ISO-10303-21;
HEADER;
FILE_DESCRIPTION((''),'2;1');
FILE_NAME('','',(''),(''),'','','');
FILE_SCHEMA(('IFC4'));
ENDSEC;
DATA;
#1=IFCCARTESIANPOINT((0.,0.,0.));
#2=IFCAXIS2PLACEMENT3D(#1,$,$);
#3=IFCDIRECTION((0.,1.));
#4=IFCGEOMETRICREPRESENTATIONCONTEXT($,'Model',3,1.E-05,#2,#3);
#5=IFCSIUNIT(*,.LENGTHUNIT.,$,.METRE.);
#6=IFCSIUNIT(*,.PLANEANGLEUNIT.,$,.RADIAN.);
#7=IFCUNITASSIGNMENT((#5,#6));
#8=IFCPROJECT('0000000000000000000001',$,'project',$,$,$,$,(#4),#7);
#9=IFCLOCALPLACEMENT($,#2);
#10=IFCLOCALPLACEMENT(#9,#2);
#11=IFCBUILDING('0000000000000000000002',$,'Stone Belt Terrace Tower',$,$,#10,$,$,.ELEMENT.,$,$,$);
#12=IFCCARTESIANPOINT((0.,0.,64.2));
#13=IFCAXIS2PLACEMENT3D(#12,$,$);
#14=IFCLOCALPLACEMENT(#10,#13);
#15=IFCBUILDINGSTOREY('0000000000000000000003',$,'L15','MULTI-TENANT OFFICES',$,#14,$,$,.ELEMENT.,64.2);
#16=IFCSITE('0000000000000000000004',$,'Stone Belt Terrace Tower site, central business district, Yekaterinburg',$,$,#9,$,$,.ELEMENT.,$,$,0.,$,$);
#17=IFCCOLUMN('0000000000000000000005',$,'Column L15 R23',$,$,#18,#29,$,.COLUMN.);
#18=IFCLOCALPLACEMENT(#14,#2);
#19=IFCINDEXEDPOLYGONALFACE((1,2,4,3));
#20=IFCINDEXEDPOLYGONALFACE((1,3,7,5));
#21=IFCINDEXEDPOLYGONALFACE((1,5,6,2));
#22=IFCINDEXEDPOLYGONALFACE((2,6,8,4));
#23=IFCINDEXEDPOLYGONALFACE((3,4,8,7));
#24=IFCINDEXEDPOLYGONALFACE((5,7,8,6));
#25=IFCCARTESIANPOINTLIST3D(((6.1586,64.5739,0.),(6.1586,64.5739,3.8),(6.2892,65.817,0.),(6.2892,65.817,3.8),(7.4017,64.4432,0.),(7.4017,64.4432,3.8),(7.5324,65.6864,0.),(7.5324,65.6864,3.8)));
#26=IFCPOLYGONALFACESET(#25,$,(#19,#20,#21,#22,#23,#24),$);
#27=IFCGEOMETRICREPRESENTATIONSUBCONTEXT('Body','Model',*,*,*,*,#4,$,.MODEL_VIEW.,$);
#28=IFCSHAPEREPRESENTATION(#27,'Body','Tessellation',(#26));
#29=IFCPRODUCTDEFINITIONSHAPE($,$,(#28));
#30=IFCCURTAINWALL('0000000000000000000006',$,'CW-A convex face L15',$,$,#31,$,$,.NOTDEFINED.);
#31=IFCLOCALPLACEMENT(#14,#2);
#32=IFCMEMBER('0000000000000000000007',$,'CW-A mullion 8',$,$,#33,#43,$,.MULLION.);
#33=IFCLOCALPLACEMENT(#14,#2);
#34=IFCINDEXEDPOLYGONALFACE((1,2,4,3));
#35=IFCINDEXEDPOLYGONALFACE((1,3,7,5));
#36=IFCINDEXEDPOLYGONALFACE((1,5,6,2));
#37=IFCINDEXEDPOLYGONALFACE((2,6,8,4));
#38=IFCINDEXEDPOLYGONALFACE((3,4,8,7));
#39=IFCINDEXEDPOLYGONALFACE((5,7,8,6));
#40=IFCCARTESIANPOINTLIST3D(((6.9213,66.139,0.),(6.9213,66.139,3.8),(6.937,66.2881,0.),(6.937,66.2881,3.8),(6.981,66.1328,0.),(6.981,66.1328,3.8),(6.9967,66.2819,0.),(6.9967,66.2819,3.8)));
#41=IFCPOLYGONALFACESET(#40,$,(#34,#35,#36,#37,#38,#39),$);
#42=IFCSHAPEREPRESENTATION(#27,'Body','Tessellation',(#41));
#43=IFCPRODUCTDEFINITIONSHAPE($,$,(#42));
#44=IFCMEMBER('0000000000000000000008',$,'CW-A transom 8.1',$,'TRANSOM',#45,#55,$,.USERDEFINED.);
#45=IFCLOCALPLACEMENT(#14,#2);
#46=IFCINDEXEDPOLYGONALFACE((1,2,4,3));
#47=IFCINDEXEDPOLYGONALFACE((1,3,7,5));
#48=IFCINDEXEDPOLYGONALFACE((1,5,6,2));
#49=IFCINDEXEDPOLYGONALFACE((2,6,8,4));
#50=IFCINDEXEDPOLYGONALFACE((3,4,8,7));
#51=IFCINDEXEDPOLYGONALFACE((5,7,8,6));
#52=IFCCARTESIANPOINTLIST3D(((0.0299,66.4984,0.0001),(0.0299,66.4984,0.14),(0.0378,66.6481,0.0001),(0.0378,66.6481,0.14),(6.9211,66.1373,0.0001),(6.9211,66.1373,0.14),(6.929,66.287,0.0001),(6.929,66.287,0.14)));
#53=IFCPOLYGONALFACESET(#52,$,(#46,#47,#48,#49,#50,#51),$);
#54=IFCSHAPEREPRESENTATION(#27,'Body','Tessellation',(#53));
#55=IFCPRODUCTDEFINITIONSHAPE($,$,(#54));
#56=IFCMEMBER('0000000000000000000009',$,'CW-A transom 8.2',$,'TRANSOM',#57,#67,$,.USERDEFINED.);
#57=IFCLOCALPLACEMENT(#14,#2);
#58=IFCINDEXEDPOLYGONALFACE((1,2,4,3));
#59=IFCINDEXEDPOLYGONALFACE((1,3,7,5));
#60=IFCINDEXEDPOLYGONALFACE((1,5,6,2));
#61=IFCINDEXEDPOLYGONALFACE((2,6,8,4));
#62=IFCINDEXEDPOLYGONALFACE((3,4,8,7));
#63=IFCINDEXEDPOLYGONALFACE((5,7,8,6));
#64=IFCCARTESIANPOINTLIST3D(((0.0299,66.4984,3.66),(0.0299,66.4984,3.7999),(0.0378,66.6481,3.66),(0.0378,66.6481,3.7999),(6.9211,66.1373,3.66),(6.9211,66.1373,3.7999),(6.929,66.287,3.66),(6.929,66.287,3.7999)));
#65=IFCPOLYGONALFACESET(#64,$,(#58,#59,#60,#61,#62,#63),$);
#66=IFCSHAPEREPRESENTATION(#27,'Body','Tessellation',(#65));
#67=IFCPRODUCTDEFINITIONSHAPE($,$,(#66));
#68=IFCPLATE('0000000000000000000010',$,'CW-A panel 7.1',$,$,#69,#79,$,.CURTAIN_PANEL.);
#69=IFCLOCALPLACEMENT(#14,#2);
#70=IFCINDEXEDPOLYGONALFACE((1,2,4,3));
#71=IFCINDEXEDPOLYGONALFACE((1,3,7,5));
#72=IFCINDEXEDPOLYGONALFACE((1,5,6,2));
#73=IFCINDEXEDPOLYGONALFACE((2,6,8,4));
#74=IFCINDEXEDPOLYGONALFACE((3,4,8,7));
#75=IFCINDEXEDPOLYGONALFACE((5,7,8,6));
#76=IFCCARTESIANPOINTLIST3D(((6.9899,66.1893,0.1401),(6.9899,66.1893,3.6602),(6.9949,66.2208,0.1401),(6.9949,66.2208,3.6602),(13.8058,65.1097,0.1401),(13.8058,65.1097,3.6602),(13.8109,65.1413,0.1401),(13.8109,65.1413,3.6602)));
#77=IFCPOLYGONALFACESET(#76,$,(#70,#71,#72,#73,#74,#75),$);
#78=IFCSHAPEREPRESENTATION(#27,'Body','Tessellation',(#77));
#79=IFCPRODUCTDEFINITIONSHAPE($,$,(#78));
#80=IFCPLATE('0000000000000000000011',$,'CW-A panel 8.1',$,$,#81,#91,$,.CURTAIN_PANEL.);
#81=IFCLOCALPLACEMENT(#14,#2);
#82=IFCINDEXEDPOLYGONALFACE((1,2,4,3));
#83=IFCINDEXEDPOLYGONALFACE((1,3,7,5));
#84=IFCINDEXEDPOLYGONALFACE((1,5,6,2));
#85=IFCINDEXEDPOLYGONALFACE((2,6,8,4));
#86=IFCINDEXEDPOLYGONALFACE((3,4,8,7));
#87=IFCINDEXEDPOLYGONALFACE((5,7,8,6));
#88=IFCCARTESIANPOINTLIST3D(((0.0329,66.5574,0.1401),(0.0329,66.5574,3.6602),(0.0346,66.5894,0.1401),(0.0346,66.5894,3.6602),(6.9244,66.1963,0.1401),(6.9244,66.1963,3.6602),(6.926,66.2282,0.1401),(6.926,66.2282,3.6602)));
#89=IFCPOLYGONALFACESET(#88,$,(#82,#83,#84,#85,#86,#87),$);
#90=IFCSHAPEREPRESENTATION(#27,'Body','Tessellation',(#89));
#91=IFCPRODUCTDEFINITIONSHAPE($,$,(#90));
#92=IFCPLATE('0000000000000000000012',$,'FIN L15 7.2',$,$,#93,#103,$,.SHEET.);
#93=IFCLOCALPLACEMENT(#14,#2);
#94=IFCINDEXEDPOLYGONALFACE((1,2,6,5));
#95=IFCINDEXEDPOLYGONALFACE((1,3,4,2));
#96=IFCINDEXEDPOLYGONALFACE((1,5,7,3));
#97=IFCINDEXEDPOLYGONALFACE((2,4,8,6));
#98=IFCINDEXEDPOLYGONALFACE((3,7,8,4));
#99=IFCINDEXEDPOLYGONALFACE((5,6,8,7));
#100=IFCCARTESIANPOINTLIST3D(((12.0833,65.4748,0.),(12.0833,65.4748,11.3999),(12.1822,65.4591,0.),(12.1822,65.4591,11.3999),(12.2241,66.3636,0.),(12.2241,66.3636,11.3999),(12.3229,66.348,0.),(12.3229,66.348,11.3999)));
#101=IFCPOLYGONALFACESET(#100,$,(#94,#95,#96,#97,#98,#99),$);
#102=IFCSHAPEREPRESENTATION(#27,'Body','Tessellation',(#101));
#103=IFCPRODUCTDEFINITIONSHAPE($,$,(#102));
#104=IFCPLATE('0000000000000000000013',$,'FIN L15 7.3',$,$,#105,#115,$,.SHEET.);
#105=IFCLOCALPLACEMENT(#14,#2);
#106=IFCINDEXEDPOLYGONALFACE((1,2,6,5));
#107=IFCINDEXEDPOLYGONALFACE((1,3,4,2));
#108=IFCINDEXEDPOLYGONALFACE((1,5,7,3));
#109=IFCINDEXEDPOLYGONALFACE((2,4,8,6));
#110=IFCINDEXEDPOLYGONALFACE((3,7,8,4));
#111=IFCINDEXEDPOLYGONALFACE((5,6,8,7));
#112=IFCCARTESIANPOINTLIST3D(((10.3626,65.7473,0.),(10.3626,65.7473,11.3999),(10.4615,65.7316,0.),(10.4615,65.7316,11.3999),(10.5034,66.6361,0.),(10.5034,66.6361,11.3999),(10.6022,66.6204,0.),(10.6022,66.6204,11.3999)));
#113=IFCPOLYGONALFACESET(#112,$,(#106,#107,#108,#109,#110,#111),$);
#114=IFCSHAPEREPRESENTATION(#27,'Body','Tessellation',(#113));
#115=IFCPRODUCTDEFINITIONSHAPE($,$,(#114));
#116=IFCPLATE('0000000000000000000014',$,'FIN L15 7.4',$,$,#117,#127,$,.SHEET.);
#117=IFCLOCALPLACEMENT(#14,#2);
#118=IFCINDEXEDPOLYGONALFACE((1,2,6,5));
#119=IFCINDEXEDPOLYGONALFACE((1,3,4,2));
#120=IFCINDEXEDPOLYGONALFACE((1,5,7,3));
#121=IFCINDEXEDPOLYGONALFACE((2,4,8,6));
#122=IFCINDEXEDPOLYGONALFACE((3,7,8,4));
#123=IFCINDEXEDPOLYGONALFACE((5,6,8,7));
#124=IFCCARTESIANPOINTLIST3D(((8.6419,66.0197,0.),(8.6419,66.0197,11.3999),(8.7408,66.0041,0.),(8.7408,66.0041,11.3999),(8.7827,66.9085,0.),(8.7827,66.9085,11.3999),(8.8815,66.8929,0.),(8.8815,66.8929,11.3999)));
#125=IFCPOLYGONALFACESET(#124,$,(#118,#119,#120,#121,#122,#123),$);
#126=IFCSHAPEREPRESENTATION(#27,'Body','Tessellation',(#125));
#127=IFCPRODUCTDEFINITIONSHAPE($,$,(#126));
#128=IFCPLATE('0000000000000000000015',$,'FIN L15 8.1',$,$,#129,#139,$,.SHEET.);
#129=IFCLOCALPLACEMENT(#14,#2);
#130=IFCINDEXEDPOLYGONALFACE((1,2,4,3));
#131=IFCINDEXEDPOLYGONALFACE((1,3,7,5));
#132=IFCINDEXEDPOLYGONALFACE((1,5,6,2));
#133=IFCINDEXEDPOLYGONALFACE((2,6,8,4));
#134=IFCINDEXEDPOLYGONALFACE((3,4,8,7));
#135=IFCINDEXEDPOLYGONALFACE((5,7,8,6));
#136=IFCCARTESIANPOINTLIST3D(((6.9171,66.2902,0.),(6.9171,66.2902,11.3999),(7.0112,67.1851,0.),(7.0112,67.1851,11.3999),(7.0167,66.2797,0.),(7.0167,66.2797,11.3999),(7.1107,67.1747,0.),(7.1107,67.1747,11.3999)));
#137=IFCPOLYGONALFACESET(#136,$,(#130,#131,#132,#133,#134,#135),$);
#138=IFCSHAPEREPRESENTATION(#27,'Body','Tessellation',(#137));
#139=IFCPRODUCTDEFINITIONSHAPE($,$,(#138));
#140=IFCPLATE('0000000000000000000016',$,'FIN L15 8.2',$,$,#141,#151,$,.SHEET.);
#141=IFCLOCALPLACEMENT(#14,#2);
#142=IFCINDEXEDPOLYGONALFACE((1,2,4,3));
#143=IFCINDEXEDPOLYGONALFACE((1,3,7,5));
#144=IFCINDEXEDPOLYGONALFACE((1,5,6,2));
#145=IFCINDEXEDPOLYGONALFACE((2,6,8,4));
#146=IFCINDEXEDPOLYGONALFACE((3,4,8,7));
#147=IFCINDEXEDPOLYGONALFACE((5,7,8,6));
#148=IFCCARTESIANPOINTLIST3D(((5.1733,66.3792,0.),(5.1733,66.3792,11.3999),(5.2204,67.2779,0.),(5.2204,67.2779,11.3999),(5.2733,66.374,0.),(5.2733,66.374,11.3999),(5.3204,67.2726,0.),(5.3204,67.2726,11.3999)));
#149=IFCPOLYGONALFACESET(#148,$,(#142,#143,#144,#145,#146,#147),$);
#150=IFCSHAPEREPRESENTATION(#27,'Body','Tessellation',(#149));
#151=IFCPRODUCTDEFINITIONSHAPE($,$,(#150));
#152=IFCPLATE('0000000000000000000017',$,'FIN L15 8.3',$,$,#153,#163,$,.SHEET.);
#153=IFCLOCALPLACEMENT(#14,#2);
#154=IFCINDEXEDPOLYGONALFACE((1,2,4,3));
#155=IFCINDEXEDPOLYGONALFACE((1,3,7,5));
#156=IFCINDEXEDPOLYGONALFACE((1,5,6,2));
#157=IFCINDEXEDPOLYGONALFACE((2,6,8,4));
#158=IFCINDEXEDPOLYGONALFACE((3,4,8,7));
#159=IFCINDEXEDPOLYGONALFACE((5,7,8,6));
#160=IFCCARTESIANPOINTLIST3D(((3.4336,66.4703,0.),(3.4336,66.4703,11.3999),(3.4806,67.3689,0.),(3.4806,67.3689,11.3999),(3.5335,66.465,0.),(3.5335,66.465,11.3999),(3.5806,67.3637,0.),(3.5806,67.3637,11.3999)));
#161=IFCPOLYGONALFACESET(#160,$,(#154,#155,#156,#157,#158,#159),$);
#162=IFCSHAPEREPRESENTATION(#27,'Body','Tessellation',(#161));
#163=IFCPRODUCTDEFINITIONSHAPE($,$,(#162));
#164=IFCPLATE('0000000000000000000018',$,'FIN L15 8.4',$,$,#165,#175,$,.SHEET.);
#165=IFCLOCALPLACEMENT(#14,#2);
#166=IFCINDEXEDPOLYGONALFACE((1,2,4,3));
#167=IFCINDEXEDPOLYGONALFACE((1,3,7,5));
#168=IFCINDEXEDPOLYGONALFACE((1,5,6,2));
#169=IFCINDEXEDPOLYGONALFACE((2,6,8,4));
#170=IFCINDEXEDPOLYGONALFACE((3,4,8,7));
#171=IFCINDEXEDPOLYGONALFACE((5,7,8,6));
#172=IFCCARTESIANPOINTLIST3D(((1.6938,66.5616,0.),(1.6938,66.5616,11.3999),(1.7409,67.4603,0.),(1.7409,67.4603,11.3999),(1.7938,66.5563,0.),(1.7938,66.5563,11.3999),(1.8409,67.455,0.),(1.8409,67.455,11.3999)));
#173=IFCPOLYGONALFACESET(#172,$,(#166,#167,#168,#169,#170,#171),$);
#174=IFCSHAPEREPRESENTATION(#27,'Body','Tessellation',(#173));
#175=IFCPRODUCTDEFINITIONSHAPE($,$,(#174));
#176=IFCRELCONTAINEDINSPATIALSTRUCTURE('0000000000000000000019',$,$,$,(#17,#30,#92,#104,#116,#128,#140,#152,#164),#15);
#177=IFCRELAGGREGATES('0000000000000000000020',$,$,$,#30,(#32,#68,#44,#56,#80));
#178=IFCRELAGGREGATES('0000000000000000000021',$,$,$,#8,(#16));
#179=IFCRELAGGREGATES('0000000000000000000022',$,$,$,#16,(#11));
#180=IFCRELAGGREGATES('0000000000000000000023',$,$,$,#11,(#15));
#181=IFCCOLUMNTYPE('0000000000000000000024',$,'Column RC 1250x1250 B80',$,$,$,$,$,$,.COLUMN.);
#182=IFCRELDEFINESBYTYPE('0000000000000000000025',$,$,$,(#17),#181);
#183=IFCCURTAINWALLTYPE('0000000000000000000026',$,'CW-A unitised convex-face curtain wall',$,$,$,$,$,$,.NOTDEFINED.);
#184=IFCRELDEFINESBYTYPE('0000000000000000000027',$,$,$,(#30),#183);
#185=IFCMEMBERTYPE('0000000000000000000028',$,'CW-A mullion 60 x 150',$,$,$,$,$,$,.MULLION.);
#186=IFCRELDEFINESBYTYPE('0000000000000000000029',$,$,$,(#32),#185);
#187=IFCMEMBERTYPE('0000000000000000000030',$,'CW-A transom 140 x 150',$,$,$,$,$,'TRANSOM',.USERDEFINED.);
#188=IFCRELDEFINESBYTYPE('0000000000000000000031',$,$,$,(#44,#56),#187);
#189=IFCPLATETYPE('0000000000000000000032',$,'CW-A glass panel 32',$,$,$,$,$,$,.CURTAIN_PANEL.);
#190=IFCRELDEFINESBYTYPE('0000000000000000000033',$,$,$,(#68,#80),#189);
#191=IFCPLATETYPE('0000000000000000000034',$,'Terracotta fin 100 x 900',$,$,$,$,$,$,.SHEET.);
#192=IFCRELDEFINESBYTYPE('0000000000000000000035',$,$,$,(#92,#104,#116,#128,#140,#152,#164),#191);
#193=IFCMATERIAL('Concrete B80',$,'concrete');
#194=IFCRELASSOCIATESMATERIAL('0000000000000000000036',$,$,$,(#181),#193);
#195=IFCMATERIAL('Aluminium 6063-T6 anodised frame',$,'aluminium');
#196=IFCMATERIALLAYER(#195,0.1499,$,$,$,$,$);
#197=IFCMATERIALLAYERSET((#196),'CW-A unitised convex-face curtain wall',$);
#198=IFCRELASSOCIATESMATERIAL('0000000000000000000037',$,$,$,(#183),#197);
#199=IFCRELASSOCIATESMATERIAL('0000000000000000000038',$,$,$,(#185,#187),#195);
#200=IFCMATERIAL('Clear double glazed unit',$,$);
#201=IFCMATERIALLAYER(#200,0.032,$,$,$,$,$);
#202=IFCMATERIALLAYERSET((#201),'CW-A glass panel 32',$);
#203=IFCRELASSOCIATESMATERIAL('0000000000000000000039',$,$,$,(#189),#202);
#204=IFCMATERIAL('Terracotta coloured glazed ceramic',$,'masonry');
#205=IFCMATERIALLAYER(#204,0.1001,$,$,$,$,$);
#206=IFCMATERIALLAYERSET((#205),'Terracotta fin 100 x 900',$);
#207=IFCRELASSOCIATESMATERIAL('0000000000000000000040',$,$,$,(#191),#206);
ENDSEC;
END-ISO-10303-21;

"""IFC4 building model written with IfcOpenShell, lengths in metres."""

from ifc_helpers import new_model, si_unit, direction, frame, origin, origin_2d, place, context, subcontext, project, spatial, rectangle, extrude, material, layer, layer_set, material_profile, profile_set, type_object, element, aggregate, save


model = new_model("IFC4")

# Units and contexts
model_context = context("Model", 3, precision=1e-05, world=origin(), true_north=direction((0.0, 1.0)))
body_context = subcontext(model_context, "Body", "Model", "MODEL_VIEW")
ifc_project = project(units=[si_unit("LENGTHUNIT", "METRE"), si_unit("PLANEANGLEUNIT", "RADIAN")], contexts=[model_context])

# Site, building, storey
site_placement = place(None, origin())
site = spatial("IfcSite", under=ifc_project, at=site_placement, Name="Stone Belt Terrace Tower site, central business district, Yekaterinburg", CompositionType="ELEMENT", RefElevation=0.0)
building_placement = place(site_placement, origin())
building = spatial("IfcBuilding", under=site, at=building_placement, Name="Stone Belt Terrace Tower", CompositionType="ELEMENT")
storey_placement = place(building_placement, frame((0.0, 0.0, 64.2)))
storey = spatial("IfcBuildingStorey", under=building, at=storey_placement, Name="L15", Description="MULTI-TENANT OFFICES", CompositionType="ELEMENT", Elevation=64.2)

# Column
ifc_material_1 = material(Name="Concrete B80", Category="concrete")
ifc_material_profile_1 = material_profile(ifc_material_1, rectangle(XDim=1.25, YDim=1.25, at=origin_2d()), Name="RC 1250x1250")
ifc_profile_set_1 = profile_set([ifc_material_profile_1], Name="Concrete B80")
column_type = type_object("IfcColumnType", Name="Column RC 1250x1250 B80", PredefinedType="COLUMN", material=ifc_profile_set_1)
column_placement = place(storey_placement, frame((6.8455, 65.1301, 0.0), z_axis=(0.0, 0.0, 1.0), x_axis=(0.994522, -0.104528, 0.0)))
element("IfcColumn", 1, at=column_placement, inside=storey, type_object=column_type, Name="Column L15 R23", PredefinedType="COLUMN", context=body_context, shape_type="SweptSolid", body=[
    extrude(rectangle(XDim=1.25, YDim=1.25, at=origin_2d()), origin(), (0.0, 0.0, 1.0), 3.8),
])

# Curtain wall, members, plates
ifc_material_2 = material(Name="Aluminium 6063-T6 anodised frame", Category="aluminium")
ifc_layer_1 = layer(ifc_material_2, 0.1499)
ifc_layer_set_1 = layer_set([ifc_layer_1], Name="CW-A unitised convex-face curtain wall")
curtain_wall_type = type_object("IfcCurtainWallType", Name="CW-A unitised convex-face curtain wall", PredefinedType="NOTDEFINED", material=ifc_layer_set_1)
curtain_wall_placement = place(storey_placement, origin())
curtain_wall = element("IfcCurtainWall", 2, at=curtain_wall_placement, inside=storey, type_object=curtain_wall_type, Name="CW-A convex face L15", PredefinedType="NOTDEFINED")
ifc_material_profile_2 = material_profile(ifc_material_2, rectangle(XDim=0.1499, YDim=0.0601, at=origin_2d()), Name="Aluminium 6063-T6 60x150")
ifc_profile_set_2 = profile_set([ifc_material_profile_2], Name="Aluminium 6063-T6 anodised frame")
member_type_1 = type_object("IfcMemberType", Name="CW-A mullion 60 x 150", PredefinedType="MULLION", material=ifc_profile_set_2)
member_1_placement = place(storey_placement, frame((6.959, 66.2104, 0.0), z_axis=(0.0, 0.0, 1.0), x_axis=(-0.104528, -0.994522, 0.0)))
member_1 = element("IfcMember", 3, at=member_1_placement, type_object=member_type_1, Name="CW-A mullion 8", PredefinedType="MULLION", context=body_context, shape_type="SweptSolid", body=[
    extrude(rectangle(XDim=0.1499, YDim=0.0601, at=origin_2d()), origin(), (0.0, 0.0, 1.0), 3.8),
])
ifc_material_profile_3 = material_profile(ifc_material_2, rectangle(XDim=0.1499, YDim=0.1399, at=origin_2d()), Name="Aluminium 6063-T6 150x140")
ifc_profile_set_3 = profile_set([ifc_material_profile_3], Name="Aluminium 6063-T6 anodised frame")
member_type_2 = type_object("IfcMemberType", Name="CW-A transom 140 x 150", ElementType="TRANSOM", PredefinedType="USERDEFINED", material=ifc_profile_set_3)
member_2_placement = place(storey_placement, frame((6.925, 66.2122, 0.0701), z_axis=(-0.99863, 0.052327, 0.0), x_axis=(-0.052327, -0.99863, 0.0)))
member_2 = element("IfcMember", 4, at=member_2_placement, type_object=member_type_2, Name="CW-A transom 8.1", ObjectType="TRANSOM", PredefinedType="USERDEFINED", context=body_context, shape_type="SweptSolid", body=[
    extrude(rectangle(XDim=0.1499, YDim=0.1399, at=origin_2d()), origin(), (0.0, 0.0, 1.0), 6.9006),
])
member_3_placement = place(storey_placement, frame((6.925, 66.2122, 3.73), z_axis=(-0.99863, 0.052327, 0.0), x_axis=(-0.052327, -0.99863, 0.0)))
member_3 = element("IfcMember", 5, at=member_3_placement, type_object=member_type_2, Name="CW-A transom 8.2", ObjectType="TRANSOM", PredefinedType="USERDEFINED", context=body_context, shape_type="SweptSolid", body=[
    extrude(rectangle(XDim=0.1499, YDim=0.1399, at=origin_2d()), origin(), (0.0, 0.0, 1.0), 6.9006),
])
ifc_material_3 = material(Name="Clear double glazed unit")
ifc_layer_2 = layer(ifc_material_3, 0.032)
ifc_layer_set_2 = layer_set([ifc_layer_2], Name="CW-A glass panel 32")
plate_type_1 = type_object("IfcPlateType", Name="CW-A glass panel 32", PredefinedType="CURTAIN_PANEL", material=ifc_layer_set_2)
plate_1_placement = place(storey_placement, frame((10.4004, 65.6653, 0.1401), z_axis=(0.0, 0.0, 1.0), x_axis=(-0.987688, 0.156434, 0.0)))
plate_1 = element("IfcPlate", 6, at=plate_1_placement, type_object=plate_type_1, Name="CW-A panel 7.1", PredefinedType="CURTAIN_PANEL", context=body_context, shape_type="SweptSolid", body=[
    extrude(rectangle(XDim=6.9009, YDim=0.032, at=origin_2d()), origin(), (0.0, 0.0, 1.0), 3.52),
])
plate_2_placement = place(storey_placement, frame((3.4795, 66.3928, 0.1401), z_axis=(0.0, 0.0, 1.0), x_axis=(-0.99863, 0.052336, 0.0)))
plate_2 = element("IfcPlate", 7, at=plate_2_placement, type_object=plate_type_1, Name="CW-A panel 8.1", PredefinedType="CURTAIN_PANEL", context=body_context, shape_type="SweptSolid", body=[
    extrude(rectangle(XDim=6.9009, YDim=0.032, at=origin_2d()), origin(), (0.0, 0.0, 1.0), 3.52),
])
aggregate(curtain_wall, [member_1, plate_1, member_2, member_3, plate_2])

# Plates
ifc_material_4 = material(Name="Terracotta coloured glazed ceramic", Category="masonry")
ifc_layer_3 = layer(ifc_material_4, 0.1001)
ifc_layer_set_3 = layer_set([ifc_layer_3], Name="Terracotta fin 100 x 900")
plate_type_2 = type_object("IfcPlateType", Name="Terracotta fin 100 x 900", PredefinedType="SHEET", material=ifc_layer_set_3)
for number, where, z_axis, x_axis, name in (
    (8, (12.2031, 65.9114, 0.0), (0.0, 0.0, 1.0), (0.156434, 0.987688, 0.0), "FIN L15 7.2"),
    (9, (10.4824, 66.1838, 0.0), (0.0, 0.0, 1.0), (0.156434, 0.987688, 0.0), "FIN L15 7.3"),
    (10, (8.7617, 66.4563, 0.0), (0.0, 0.0, 1.0), (0.156434, 0.987688, 0.0), "FIN L15 7.4"),
    (11, (7.0139, 66.7324, 0.0), (0.0, 0.0, 1.0), (0.104528, 0.994522, 0.0), "FIN L15 8.1"),
    (12, (5.2468, 66.8259, 0.0), (0.0, 0.0, 1.0), (0.052336, 0.99863, 0.0), "FIN L15 8.2"),
    (13, (3.5071, 66.917, 0.0), (0.0, 0.0, 1.0), (0.052336, 0.99863, 0.0), "FIN L15 8.3"),
    (14, (1.7673, 67.0083, 0.0), (0.0, 0.0, 1.0), (0.052336, 0.99863, 0.0), "FIN L15 8.4"),
):
    element("IfcPlate", number, at=place(storey_placement, frame(where, z_axis=z_axis, x_axis=x_axis)), inside=storey, type_object=plate_type_2, Name=name, PredefinedType="SHEET", context=body_context, shape_type="SweptSolid", body=[
        extrude(rectangle(XDim=0.8999, YDim=0.1001, at=origin_2d()), origin(), (0.0, 0.0, 1.0), 11.3999),
    ])

save(model, "model.ifc")
